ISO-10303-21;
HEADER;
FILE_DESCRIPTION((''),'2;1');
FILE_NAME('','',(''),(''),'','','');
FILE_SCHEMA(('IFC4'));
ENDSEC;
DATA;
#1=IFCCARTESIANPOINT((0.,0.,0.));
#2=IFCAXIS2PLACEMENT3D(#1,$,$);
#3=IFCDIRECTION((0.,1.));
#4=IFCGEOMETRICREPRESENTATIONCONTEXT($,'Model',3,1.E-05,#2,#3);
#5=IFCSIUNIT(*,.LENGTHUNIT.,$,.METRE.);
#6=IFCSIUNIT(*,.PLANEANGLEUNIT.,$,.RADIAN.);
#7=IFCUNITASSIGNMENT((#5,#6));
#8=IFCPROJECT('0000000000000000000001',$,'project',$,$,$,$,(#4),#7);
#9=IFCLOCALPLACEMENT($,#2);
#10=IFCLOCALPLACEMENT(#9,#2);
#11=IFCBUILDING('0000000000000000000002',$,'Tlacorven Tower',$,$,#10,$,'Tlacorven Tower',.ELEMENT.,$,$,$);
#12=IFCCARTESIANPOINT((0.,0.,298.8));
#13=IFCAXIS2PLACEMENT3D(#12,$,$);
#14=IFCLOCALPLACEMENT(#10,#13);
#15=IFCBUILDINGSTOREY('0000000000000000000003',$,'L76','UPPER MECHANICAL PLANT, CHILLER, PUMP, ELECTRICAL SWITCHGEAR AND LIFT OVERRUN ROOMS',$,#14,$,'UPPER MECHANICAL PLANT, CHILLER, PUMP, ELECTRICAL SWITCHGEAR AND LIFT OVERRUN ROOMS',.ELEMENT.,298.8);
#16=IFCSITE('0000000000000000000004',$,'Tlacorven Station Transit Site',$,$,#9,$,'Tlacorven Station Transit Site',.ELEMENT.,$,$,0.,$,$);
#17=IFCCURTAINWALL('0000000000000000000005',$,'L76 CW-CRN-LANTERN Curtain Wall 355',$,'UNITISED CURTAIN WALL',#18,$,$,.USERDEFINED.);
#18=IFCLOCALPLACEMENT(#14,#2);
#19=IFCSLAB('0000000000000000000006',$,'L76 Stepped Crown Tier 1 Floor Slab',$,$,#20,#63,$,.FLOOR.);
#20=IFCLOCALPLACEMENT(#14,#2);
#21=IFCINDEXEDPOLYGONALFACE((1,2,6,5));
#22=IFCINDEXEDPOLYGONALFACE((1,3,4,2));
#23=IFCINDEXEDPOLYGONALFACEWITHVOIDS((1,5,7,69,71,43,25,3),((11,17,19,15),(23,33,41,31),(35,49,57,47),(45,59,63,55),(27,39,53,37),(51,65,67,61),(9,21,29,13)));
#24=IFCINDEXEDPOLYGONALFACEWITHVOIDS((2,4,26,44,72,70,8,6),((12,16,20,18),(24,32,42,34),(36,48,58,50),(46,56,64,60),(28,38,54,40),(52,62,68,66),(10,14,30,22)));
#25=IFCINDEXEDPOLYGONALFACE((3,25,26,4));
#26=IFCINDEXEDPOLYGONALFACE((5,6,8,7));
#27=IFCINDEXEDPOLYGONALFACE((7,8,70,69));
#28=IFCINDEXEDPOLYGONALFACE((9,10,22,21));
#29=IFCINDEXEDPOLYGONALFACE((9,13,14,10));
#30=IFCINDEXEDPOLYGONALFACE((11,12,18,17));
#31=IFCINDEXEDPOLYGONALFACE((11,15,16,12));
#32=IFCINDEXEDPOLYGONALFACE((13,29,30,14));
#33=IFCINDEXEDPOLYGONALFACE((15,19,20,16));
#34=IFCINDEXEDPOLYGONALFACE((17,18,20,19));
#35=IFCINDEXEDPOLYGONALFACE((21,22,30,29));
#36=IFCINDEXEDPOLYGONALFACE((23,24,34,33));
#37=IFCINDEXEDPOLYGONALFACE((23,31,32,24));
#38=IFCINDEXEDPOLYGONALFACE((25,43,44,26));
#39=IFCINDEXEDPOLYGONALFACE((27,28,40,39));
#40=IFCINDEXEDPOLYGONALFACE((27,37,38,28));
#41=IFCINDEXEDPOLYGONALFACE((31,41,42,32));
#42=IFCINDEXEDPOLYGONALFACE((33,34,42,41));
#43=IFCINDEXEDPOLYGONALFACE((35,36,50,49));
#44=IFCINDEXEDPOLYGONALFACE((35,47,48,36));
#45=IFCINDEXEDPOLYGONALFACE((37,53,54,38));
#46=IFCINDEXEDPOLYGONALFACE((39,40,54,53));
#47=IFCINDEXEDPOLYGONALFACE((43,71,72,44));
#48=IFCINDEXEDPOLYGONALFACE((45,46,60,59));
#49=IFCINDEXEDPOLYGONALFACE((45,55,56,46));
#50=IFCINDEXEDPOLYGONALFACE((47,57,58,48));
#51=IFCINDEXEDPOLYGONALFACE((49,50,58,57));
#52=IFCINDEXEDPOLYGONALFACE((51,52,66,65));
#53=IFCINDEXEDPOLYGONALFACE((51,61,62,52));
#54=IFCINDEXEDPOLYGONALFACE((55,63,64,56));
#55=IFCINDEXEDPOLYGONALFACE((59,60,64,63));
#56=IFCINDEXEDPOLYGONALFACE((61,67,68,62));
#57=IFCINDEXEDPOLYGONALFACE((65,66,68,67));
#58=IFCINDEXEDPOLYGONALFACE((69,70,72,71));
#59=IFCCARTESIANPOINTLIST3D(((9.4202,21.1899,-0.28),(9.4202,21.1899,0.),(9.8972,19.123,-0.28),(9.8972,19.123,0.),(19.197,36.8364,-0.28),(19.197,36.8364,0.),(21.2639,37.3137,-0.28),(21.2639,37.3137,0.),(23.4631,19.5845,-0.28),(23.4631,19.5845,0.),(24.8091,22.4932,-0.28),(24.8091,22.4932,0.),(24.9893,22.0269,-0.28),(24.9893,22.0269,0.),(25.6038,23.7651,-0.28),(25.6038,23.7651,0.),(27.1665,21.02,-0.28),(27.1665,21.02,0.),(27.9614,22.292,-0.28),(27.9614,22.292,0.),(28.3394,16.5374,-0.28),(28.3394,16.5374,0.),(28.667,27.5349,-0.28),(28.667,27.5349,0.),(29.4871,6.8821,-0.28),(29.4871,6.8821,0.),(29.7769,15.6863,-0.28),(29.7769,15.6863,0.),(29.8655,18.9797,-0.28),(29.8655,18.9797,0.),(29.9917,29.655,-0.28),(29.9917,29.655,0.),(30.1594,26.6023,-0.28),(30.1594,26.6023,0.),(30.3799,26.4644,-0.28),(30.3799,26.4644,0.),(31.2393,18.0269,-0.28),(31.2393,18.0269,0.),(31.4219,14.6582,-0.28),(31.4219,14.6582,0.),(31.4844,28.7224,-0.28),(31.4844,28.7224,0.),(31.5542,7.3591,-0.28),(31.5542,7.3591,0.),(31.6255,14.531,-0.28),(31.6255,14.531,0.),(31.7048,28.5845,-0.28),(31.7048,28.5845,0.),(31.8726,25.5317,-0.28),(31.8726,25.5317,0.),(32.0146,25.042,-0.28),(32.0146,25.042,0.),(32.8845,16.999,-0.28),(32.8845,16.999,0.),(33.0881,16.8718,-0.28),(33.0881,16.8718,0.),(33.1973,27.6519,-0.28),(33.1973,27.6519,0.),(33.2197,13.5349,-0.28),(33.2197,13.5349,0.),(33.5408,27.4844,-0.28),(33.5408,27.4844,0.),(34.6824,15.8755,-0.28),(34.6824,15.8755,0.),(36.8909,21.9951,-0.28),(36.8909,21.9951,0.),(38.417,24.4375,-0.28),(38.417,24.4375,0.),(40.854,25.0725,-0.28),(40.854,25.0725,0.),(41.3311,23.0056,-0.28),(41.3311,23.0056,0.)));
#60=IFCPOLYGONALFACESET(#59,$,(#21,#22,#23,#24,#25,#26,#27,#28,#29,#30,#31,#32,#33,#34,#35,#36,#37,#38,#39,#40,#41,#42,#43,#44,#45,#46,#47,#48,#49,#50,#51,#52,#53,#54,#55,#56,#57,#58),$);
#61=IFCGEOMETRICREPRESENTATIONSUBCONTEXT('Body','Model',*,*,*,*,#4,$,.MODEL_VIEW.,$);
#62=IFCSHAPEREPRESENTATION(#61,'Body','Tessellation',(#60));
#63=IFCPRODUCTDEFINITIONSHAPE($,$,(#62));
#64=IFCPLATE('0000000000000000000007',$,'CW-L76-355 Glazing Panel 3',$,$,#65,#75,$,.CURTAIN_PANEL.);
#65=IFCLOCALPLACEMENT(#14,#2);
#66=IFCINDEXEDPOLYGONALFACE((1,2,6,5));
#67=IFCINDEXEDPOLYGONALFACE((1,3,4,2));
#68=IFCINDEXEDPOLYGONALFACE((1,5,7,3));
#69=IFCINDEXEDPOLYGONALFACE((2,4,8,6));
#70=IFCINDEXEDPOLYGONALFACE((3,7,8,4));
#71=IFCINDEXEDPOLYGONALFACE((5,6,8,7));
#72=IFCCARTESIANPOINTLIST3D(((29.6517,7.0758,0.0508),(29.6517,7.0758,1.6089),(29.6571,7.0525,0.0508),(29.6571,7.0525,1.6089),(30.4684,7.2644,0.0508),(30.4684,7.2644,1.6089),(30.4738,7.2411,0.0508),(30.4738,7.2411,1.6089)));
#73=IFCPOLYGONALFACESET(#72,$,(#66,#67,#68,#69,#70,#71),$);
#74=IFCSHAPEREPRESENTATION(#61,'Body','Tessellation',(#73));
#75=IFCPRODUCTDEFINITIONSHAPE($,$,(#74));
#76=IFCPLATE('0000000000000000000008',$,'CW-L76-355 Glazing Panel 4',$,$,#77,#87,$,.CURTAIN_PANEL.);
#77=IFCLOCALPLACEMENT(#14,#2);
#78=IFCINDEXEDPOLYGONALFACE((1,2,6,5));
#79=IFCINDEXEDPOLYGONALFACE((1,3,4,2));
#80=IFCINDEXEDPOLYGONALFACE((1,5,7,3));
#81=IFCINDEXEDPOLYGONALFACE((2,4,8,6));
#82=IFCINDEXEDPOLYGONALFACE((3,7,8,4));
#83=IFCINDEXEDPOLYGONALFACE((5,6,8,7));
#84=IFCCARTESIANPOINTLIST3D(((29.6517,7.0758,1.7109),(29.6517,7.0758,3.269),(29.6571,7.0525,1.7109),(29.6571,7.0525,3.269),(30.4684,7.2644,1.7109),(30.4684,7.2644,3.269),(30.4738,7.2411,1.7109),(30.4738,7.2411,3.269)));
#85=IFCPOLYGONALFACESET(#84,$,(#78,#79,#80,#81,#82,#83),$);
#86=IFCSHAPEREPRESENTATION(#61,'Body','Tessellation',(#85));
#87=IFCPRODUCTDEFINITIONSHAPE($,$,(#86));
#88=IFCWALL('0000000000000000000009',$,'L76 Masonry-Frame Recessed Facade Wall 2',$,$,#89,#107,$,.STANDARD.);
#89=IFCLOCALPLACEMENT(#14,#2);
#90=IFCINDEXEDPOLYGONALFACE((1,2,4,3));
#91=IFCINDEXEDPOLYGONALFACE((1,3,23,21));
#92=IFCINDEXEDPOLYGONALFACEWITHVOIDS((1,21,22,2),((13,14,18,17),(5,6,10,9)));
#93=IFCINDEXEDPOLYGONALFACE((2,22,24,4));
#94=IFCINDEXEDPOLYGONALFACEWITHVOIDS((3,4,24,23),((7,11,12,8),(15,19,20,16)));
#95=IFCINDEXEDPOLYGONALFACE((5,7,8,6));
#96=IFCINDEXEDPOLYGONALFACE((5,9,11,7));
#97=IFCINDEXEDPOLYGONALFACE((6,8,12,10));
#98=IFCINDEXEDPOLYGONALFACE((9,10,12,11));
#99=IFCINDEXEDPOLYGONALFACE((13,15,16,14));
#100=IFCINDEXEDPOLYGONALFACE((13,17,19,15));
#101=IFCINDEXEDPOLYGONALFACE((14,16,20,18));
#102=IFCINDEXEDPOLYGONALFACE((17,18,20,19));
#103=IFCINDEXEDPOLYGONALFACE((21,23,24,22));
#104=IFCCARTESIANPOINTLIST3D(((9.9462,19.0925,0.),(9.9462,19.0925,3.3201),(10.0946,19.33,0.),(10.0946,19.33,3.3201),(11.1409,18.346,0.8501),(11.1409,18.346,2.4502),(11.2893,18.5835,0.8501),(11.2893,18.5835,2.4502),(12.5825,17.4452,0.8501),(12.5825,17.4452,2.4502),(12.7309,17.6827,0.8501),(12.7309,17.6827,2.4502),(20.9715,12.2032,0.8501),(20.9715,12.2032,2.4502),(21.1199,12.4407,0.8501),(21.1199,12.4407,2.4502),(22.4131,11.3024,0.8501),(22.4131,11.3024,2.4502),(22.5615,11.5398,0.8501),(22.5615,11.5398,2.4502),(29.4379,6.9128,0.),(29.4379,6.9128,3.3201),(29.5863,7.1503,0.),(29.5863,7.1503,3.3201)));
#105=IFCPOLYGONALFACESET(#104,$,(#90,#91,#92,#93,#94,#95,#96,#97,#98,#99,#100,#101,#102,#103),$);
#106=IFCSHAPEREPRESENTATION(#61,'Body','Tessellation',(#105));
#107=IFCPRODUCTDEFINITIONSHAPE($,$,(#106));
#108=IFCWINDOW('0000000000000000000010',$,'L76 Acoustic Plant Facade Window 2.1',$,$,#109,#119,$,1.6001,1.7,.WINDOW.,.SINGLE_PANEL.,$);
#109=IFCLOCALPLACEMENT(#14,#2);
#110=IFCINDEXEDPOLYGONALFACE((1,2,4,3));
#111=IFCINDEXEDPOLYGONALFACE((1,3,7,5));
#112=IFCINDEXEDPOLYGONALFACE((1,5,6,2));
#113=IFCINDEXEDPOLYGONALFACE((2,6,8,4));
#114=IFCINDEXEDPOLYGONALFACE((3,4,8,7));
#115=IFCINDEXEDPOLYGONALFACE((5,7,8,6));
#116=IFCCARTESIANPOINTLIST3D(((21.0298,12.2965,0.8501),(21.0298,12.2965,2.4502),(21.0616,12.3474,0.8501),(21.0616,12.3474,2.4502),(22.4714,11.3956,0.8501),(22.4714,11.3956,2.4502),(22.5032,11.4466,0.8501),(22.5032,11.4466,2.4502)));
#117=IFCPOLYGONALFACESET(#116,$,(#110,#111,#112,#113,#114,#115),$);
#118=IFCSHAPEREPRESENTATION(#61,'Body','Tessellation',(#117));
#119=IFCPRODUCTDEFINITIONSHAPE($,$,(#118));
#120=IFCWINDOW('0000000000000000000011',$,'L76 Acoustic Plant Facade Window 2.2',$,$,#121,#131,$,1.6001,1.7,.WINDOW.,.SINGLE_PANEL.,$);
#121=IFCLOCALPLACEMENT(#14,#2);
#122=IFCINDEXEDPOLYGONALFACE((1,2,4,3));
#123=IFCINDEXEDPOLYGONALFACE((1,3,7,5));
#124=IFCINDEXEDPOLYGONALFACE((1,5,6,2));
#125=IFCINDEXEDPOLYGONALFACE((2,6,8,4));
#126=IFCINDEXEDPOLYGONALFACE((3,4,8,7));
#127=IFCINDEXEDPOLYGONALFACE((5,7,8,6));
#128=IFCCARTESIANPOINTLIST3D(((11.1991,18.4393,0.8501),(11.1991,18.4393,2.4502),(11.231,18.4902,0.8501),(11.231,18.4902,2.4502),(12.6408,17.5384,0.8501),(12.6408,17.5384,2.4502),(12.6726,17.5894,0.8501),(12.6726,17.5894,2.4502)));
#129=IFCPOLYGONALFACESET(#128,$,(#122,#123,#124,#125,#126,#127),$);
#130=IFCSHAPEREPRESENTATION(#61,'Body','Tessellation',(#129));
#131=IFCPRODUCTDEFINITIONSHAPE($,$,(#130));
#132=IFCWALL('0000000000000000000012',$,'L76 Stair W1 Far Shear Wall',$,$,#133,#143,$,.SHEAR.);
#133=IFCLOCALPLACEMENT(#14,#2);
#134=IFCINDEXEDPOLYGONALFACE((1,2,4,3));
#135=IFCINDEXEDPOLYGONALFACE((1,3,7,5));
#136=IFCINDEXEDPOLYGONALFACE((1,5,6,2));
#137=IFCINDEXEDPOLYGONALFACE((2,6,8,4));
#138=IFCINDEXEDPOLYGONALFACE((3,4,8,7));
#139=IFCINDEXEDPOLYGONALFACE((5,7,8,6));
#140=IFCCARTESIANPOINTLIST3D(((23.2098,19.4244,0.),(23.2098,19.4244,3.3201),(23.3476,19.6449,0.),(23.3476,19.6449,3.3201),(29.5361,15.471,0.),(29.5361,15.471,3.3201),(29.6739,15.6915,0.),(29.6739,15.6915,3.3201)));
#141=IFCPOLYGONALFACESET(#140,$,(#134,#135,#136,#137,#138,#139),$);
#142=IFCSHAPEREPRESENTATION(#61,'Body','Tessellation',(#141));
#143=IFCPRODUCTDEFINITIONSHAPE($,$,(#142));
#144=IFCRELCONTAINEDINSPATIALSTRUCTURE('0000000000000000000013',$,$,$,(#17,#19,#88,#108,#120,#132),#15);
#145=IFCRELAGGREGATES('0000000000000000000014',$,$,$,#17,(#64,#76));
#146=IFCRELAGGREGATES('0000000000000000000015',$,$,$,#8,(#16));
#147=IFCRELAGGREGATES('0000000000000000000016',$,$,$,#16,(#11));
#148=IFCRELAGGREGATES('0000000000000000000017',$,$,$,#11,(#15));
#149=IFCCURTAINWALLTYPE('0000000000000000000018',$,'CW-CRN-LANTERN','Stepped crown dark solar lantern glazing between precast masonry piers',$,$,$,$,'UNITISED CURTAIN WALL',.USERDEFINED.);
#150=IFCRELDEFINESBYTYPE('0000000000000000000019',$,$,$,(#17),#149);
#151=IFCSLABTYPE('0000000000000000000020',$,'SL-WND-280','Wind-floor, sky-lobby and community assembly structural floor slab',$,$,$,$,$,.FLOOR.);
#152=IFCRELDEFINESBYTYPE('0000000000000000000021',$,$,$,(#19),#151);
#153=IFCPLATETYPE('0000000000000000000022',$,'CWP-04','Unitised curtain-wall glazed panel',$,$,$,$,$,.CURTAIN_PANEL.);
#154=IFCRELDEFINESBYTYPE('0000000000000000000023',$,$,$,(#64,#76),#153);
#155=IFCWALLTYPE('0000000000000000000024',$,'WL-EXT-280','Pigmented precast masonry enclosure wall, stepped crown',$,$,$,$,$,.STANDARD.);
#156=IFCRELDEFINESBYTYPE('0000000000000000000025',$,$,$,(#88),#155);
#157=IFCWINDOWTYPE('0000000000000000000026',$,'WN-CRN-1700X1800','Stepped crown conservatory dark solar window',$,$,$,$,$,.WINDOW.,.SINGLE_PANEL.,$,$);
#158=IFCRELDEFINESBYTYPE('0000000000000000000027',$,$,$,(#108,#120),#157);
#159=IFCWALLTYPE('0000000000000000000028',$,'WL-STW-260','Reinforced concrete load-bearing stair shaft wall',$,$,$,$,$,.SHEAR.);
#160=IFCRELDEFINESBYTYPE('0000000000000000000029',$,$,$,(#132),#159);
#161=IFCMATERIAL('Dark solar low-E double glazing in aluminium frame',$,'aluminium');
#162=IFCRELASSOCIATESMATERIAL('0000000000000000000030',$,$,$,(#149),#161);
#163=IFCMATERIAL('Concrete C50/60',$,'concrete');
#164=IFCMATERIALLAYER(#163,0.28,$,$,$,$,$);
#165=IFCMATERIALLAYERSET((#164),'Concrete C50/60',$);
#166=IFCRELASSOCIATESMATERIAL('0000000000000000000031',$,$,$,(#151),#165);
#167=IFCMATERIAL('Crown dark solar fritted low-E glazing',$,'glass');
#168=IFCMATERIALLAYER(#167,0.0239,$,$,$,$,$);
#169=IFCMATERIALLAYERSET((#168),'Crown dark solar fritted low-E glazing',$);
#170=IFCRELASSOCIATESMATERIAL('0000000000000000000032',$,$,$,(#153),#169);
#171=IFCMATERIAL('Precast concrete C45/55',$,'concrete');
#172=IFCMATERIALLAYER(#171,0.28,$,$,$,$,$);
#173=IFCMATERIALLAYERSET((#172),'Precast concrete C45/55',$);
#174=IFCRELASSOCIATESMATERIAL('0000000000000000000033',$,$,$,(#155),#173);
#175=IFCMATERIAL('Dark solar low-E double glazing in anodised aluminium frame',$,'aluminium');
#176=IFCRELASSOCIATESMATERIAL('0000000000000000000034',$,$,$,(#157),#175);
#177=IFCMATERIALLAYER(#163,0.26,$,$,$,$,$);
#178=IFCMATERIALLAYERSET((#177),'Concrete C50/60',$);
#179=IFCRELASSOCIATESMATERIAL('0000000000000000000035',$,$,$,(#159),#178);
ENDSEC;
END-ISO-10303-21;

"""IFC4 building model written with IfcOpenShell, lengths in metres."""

from ifc_helpers import new_model, si_unit, direction, frame, frame_2d, origin, origin_2d, place, context, subcontext, project, spatial, polyline, rectangle, outline, extrude, source, transform, mapped, material, layer, layer_set, type_object, element, fill, aggregate, save


model = new_model("IFC4")

# Units and contexts
model_context = context("Model", 3, precision=1e-05, world=origin(), true_north=direction((0.0, 1.0)))
body_context = subcontext(model_context, "Body", "Model", "MODEL_VIEW")
ifc_project = project(units=[si_unit("LENGTHUNIT", "METRE"), si_unit("PLANEANGLEUNIT", "RADIAN")], contexts=[model_context])

# Site, building, storey
site_placement = place(None, origin())
site = spatial("IfcSite", under=ifc_project, at=site_placement, Name="Tlacorven Station Transit Site", LongName="Tlacorven Station Transit Site", CompositionType="ELEMENT", RefElevation=0.0)
building_placement = place(site_placement, origin())
building = spatial("IfcBuilding", under=site, at=building_placement, Name="Tlacorven Tower", LongName="Tlacorven Tower", CompositionType="ELEMENT")
storey_placement = place(building_placement, frame((0.0, 0.0, 298.8)))
storey = spatial("IfcBuildingStorey", under=building, at=storey_placement, Name="L76", Description="UPPER MECHANICAL PLANT, CHILLER, PUMP, ELECTRICAL SWITCHGEAR AND LIFT OVERRUN ROOMS", LongName="UPPER MECHANICAL PLANT, CHILLER, PUMP, ELECTRICAL SWITCHGEAR AND LIFT OVERRUN ROOMS", CompositionType="ELEMENT", Elevation=298.8)

# Curtain wall
ifc_material_1 = material(Name="Dark solar low-E double glazing in aluminium frame", Category="aluminium")
curtain_wall_type = type_object("IfcCurtainWallType", Name="CW-CRN-LANTERN", Description="Stepped crown dark solar lantern glazing between precast masonry piers", ElementType="UNITISED CURTAIN WALL", PredefinedType="USERDEFINED", material=ifc_material_1)
curtain_wall_placement = place(storey_placement, origin())
curtain_wall = element("IfcCurtainWall", 1, at=curtain_wall_placement, inside=storey, type_object=curtain_wall_type, Name="L76 CW-CRN-LANTERN Curtain Wall 355", ObjectType="UNITISED CURTAIN WALL", PredefinedType="USERDEFINED")

# Slab
ifc_material_2 = material(Name="Concrete C50/60", Category="concrete")
ifc_layer_1 = layer(ifc_material_2, 0.28)
ifc_layer_set_1 = layer_set([ifc_layer_1], Name="Concrete C50/60")
slab_type_1 = type_object("IfcSlabType", Name="SL-WND-280", Description="Wind-floor, sky-lobby and community assembly structural floor slab", PredefinedType="FLOOR", material=ifc_layer_set_1)
slab_1_placement = place(storey_placement, frame((0.0, 0.0, -0.28)))
element("IfcSlab", 2, at=slab_1_placement, inside=storey, type_object=slab_type_1, Name="L76 Stepped Crown Tier 1 Floor Slab", PredefinedType="FLOOR", context=body_context, shape_type="SweptSolid", body=[
    extrude(outline(polyline([(40.854, 25.0725), (21.2639, 37.3137), (19.197, 36.8364), (9.4202, 21.1899), (9.8972, 19.123), (29.4871, 6.8821), (31.5542, 7.3591), (41.3311, 23.0056), (40.854, 25.0725)]), holes=[polyline([(29.8655, 18.9797), (24.9893, 22.0269), (23.4631, 19.5845), (28.3394, 16.5374), (29.8655, 18.9797)]), polyline([(38.417, 24.4375), (33.5408, 27.4844), (32.0146, 25.042), (36.8909, 21.9951), (38.417, 24.4375)]), polyline([(34.6824, 15.8755), (33.0881, 16.8718), (31.6255, 14.531), (33.2197, 13.5349), (34.6824, 15.8755)]), polyline([(32.8845, 16.999), (31.2393, 18.0269), (29.7769, 15.6863), (31.4219, 14.6582), (32.8845, 16.999)]), polyline([(33.1973, 27.6519), (31.7048, 28.5845), (30.3799, 26.4644), (31.8726, 25.5317), (33.1973, 27.6519)]), polyline([(31.4844, 28.7224), (29.9917, 29.655), (28.667, 27.5349), (30.1594, 26.6023), (31.4844, 28.7224)]), polyline([(27.9614, 22.292), (25.6038, 23.7651), (24.8091, 22.4932), (27.1665, 21.02), (27.9614, 22.292)])]), origin(), (0.0, 0.0, 1.0), 0.28),
])

# Plates
ifc_material_3 = material(Name="Crown dark solar fritted low-E glazing", Category="glass")
ifc_layer_2 = layer(ifc_material_3, 0.0239)
ifc_layer_set_2 = layer_set([ifc_layer_2], Name="Crown dark solar fritted low-E glazing")
plate_type = type_object("IfcPlateType", Name="CWP-04", Description="Unitised curtain-wall glazed panel", PredefinedType="CURTAIN_PANEL", material=ifc_layer_set_2)
shared_shape_1 = source(origin(), body_context, "Body", "SweptSolid", [
    extrude(rectangle(XDim=0.8381, YDim=0.0239, at=origin_2d()), origin(), (0.0, 0.0, 1.0), 1.5581),
])
plate_1_placement = place(storey_placement, frame((30.0627, 7.1584, 0.0508), z_axis=(0.0, 0.0, 1.0), x_axis=(-0.97437, -0.22495, 0.0)))
plate_1 = element("IfcPlate", 3, at=plate_1_placement, type_object=plate_type, Name="CW-L76-355 Glazing Panel 3", PredefinedType="CURTAIN_PANEL", context=body_context, shape_type="MappedRepresentation", body=[
    mapped(shared_shape_1, transform((0.0, 0.0, 0.0), scale=1.0)),
])
plate_2_placement = place(storey_placement, frame((30.0627, 7.1584, 1.7109), z_axis=(0.0, 0.0, 1.0), x_axis=(-0.97437, -0.22495, 0.0)))
plate_2 = element("IfcPlate", 4, at=plate_2_placement, type_object=plate_type, Name="CW-L76-355 Glazing Panel 4", PredefinedType="CURTAIN_PANEL", context=body_context, shape_type="MappedRepresentation", body=[
    mapped(shared_shape_1, transform((0.0, 0.0, 0.0), scale=1.0)),
])
aggregate(curtain_wall, [plate_1, plate_2])

# Wall, openings, windows
ifc_material_4 = material(Name="Precast concrete C45/55", Category="concrete")
ifc_layer_3 = layer(ifc_material_4, 0.28)
ifc_layer_set_3 = layer_set([ifc_layer_3], Name="Precast concrete C45/55")
wall_type_1 = type_object("IfcWallType", Name="WL-EXT-280", Description="Pigmented precast masonry enclosure wall, stepped crown", PredefinedType="STANDARD", material=ifc_layer_set_3)
wall_1_placement = place(storey_placement, frame((29.5122, 7.0315, 0.0), z_axis=(0.0, 0.0, 1.0), x_axis=(-0.84805, 0.529917, 0.0)))
wall_1 = element("IfcWall", 5, at=wall_1_placement, inside=storey, type_object=wall_type_1, Name="L76 Masonry-Frame Recessed Facade Wall 2", PredefinedType="STANDARD", context=body_context, shape_type="SweptSolid", body=[
    extrude(rectangle(XDim=22.9841, YDim=0.28, at=frame_2d((11.4922, 0.0))), origin(), (0.0, 0.0, 1.0), 3.3201),
])
opening_1_placement = place(wall_1_placement, frame((8.2834, 0.0, 0.8501)))
opening_1 = element("IfcOpeningElement", 6, at=opening_1_placement, cuts=wall_1, PredefinedType="OPENING", context=body_context, shape_type="SweptSolid", body=[
    extrude(rectangle(XDim=1.7, YDim=1.6001, at=frame_2d((0.8501, 0.8))), frame((0.0, 0.1499, 0.0), z_axis=(0.0, -1.0, 0.0), x_axis=(1.0, 0.0, 0.0)), (0.0, 0.0, 1.0), 0.3),
])
opening_2_placement = place(wall_1_placement, frame((19.8755, 0.0, 0.8501)))
opening_2 = element("IfcOpeningElement", 7, at=opening_2_placement, cuts=wall_1, PredefinedType="OPENING", context=body_context, shape_type="SweptSolid", body=[
    extrude(rectangle(XDim=1.7, YDim=1.6001, at=frame_2d((0.8501, 0.8))), frame((0.0, 0.1499, 0.0), z_axis=(0.0, -1.0, 0.0), x_axis=(1.0, 0.0, 0.0)), (0.0, 0.0, 1.0), 0.3),
])
ifc_material_5 = material(Name="Dark solar low-E double glazing in anodised aluminium frame", Category="aluminium")
window_type = type_object("IfcWindowType", Name="WN-CRN-1700X1800", Description="Stepped crown conservatory dark solar window", PartitioningType="SINGLE_PANEL", PredefinedType="WINDOW", material=ifc_material_5)
shared_shape_2 = source(origin(), body_context, "Body", "SweptSolid", [
    extrude(rectangle(XDim=1.7, YDim=1.6001, at=frame_2d((0.8501, 0.8))), frame((0.0, 0.03, 0.0), z_axis=(0.0, -1.0, 0.0), x_axis=(1.0, 0.0, 0.0)), (0.0, 0.0, 1.0), 0.0601),
])
window_1_placement = place(opening_1_placement, origin())
window_1 = element("IfcWindow", 8, at=window_1_placement, inside=storey, type_object=window_type, Name="L76 Acoustic Plant Facade Window 2.1", OverallHeight=1.6001, OverallWidth=1.7, PartitioningType="SINGLE_PANEL", PredefinedType="WINDOW", context=body_context, shape_type="MappedRepresentation", body=[
    mapped(shared_shape_2, transform((0.0, 0.0, 0.0), scale=1.0)),
])
fill(opening_1, window_1)
window_2_placement = place(opening_2_placement, origin())
window_2 = element("IfcWindow", 9, at=window_2_placement, inside=storey, type_object=window_type, Name="L76 Acoustic Plant Facade Window 2.2", OverallHeight=1.6001, OverallWidth=1.7, PartitioningType="SINGLE_PANEL", PredefinedType="WINDOW", context=body_context, shape_type="MappedRepresentation", body=[
    mapped(shared_shape_2, transform((0.0, 0.0, 0.0), scale=1.0)),
])
fill(opening_2, window_2)

# Wall
ifc_layer_4 = layer(ifc_material_2, 0.26)
ifc_layer_set_4 = layer_set([ifc_layer_4], Name="Concrete C50/60")
wall_type_2 = type_object("IfcWallType", Name="WL-STW-260", Description="Reinforced concrete load-bearing stair shaft wall", PredefinedType="SHEAR", material=ifc_layer_set_4)
wall_2_placement = place(storey_placement, frame((29.605, 15.5813, 0.0), z_axis=(0.0, 0.0, 1.0), x_axis=(-0.848037, 0.529937, 0.0)))
element("IfcWall", 10, at=wall_2_placement, inside=storey, type_object=wall_type_2, Name="L76 Stair W1 Far Shear Wall", PredefinedType="SHEAR", context=body_context, shape_type="SweptSolid", body=[
    extrude(rectangle(XDim=7.46, YDim=0.26, at=frame_2d((3.73, 0.0))), origin(), (0.0, 0.0, 1.0), 3.3201),
])

save(model, "model.ifc")
